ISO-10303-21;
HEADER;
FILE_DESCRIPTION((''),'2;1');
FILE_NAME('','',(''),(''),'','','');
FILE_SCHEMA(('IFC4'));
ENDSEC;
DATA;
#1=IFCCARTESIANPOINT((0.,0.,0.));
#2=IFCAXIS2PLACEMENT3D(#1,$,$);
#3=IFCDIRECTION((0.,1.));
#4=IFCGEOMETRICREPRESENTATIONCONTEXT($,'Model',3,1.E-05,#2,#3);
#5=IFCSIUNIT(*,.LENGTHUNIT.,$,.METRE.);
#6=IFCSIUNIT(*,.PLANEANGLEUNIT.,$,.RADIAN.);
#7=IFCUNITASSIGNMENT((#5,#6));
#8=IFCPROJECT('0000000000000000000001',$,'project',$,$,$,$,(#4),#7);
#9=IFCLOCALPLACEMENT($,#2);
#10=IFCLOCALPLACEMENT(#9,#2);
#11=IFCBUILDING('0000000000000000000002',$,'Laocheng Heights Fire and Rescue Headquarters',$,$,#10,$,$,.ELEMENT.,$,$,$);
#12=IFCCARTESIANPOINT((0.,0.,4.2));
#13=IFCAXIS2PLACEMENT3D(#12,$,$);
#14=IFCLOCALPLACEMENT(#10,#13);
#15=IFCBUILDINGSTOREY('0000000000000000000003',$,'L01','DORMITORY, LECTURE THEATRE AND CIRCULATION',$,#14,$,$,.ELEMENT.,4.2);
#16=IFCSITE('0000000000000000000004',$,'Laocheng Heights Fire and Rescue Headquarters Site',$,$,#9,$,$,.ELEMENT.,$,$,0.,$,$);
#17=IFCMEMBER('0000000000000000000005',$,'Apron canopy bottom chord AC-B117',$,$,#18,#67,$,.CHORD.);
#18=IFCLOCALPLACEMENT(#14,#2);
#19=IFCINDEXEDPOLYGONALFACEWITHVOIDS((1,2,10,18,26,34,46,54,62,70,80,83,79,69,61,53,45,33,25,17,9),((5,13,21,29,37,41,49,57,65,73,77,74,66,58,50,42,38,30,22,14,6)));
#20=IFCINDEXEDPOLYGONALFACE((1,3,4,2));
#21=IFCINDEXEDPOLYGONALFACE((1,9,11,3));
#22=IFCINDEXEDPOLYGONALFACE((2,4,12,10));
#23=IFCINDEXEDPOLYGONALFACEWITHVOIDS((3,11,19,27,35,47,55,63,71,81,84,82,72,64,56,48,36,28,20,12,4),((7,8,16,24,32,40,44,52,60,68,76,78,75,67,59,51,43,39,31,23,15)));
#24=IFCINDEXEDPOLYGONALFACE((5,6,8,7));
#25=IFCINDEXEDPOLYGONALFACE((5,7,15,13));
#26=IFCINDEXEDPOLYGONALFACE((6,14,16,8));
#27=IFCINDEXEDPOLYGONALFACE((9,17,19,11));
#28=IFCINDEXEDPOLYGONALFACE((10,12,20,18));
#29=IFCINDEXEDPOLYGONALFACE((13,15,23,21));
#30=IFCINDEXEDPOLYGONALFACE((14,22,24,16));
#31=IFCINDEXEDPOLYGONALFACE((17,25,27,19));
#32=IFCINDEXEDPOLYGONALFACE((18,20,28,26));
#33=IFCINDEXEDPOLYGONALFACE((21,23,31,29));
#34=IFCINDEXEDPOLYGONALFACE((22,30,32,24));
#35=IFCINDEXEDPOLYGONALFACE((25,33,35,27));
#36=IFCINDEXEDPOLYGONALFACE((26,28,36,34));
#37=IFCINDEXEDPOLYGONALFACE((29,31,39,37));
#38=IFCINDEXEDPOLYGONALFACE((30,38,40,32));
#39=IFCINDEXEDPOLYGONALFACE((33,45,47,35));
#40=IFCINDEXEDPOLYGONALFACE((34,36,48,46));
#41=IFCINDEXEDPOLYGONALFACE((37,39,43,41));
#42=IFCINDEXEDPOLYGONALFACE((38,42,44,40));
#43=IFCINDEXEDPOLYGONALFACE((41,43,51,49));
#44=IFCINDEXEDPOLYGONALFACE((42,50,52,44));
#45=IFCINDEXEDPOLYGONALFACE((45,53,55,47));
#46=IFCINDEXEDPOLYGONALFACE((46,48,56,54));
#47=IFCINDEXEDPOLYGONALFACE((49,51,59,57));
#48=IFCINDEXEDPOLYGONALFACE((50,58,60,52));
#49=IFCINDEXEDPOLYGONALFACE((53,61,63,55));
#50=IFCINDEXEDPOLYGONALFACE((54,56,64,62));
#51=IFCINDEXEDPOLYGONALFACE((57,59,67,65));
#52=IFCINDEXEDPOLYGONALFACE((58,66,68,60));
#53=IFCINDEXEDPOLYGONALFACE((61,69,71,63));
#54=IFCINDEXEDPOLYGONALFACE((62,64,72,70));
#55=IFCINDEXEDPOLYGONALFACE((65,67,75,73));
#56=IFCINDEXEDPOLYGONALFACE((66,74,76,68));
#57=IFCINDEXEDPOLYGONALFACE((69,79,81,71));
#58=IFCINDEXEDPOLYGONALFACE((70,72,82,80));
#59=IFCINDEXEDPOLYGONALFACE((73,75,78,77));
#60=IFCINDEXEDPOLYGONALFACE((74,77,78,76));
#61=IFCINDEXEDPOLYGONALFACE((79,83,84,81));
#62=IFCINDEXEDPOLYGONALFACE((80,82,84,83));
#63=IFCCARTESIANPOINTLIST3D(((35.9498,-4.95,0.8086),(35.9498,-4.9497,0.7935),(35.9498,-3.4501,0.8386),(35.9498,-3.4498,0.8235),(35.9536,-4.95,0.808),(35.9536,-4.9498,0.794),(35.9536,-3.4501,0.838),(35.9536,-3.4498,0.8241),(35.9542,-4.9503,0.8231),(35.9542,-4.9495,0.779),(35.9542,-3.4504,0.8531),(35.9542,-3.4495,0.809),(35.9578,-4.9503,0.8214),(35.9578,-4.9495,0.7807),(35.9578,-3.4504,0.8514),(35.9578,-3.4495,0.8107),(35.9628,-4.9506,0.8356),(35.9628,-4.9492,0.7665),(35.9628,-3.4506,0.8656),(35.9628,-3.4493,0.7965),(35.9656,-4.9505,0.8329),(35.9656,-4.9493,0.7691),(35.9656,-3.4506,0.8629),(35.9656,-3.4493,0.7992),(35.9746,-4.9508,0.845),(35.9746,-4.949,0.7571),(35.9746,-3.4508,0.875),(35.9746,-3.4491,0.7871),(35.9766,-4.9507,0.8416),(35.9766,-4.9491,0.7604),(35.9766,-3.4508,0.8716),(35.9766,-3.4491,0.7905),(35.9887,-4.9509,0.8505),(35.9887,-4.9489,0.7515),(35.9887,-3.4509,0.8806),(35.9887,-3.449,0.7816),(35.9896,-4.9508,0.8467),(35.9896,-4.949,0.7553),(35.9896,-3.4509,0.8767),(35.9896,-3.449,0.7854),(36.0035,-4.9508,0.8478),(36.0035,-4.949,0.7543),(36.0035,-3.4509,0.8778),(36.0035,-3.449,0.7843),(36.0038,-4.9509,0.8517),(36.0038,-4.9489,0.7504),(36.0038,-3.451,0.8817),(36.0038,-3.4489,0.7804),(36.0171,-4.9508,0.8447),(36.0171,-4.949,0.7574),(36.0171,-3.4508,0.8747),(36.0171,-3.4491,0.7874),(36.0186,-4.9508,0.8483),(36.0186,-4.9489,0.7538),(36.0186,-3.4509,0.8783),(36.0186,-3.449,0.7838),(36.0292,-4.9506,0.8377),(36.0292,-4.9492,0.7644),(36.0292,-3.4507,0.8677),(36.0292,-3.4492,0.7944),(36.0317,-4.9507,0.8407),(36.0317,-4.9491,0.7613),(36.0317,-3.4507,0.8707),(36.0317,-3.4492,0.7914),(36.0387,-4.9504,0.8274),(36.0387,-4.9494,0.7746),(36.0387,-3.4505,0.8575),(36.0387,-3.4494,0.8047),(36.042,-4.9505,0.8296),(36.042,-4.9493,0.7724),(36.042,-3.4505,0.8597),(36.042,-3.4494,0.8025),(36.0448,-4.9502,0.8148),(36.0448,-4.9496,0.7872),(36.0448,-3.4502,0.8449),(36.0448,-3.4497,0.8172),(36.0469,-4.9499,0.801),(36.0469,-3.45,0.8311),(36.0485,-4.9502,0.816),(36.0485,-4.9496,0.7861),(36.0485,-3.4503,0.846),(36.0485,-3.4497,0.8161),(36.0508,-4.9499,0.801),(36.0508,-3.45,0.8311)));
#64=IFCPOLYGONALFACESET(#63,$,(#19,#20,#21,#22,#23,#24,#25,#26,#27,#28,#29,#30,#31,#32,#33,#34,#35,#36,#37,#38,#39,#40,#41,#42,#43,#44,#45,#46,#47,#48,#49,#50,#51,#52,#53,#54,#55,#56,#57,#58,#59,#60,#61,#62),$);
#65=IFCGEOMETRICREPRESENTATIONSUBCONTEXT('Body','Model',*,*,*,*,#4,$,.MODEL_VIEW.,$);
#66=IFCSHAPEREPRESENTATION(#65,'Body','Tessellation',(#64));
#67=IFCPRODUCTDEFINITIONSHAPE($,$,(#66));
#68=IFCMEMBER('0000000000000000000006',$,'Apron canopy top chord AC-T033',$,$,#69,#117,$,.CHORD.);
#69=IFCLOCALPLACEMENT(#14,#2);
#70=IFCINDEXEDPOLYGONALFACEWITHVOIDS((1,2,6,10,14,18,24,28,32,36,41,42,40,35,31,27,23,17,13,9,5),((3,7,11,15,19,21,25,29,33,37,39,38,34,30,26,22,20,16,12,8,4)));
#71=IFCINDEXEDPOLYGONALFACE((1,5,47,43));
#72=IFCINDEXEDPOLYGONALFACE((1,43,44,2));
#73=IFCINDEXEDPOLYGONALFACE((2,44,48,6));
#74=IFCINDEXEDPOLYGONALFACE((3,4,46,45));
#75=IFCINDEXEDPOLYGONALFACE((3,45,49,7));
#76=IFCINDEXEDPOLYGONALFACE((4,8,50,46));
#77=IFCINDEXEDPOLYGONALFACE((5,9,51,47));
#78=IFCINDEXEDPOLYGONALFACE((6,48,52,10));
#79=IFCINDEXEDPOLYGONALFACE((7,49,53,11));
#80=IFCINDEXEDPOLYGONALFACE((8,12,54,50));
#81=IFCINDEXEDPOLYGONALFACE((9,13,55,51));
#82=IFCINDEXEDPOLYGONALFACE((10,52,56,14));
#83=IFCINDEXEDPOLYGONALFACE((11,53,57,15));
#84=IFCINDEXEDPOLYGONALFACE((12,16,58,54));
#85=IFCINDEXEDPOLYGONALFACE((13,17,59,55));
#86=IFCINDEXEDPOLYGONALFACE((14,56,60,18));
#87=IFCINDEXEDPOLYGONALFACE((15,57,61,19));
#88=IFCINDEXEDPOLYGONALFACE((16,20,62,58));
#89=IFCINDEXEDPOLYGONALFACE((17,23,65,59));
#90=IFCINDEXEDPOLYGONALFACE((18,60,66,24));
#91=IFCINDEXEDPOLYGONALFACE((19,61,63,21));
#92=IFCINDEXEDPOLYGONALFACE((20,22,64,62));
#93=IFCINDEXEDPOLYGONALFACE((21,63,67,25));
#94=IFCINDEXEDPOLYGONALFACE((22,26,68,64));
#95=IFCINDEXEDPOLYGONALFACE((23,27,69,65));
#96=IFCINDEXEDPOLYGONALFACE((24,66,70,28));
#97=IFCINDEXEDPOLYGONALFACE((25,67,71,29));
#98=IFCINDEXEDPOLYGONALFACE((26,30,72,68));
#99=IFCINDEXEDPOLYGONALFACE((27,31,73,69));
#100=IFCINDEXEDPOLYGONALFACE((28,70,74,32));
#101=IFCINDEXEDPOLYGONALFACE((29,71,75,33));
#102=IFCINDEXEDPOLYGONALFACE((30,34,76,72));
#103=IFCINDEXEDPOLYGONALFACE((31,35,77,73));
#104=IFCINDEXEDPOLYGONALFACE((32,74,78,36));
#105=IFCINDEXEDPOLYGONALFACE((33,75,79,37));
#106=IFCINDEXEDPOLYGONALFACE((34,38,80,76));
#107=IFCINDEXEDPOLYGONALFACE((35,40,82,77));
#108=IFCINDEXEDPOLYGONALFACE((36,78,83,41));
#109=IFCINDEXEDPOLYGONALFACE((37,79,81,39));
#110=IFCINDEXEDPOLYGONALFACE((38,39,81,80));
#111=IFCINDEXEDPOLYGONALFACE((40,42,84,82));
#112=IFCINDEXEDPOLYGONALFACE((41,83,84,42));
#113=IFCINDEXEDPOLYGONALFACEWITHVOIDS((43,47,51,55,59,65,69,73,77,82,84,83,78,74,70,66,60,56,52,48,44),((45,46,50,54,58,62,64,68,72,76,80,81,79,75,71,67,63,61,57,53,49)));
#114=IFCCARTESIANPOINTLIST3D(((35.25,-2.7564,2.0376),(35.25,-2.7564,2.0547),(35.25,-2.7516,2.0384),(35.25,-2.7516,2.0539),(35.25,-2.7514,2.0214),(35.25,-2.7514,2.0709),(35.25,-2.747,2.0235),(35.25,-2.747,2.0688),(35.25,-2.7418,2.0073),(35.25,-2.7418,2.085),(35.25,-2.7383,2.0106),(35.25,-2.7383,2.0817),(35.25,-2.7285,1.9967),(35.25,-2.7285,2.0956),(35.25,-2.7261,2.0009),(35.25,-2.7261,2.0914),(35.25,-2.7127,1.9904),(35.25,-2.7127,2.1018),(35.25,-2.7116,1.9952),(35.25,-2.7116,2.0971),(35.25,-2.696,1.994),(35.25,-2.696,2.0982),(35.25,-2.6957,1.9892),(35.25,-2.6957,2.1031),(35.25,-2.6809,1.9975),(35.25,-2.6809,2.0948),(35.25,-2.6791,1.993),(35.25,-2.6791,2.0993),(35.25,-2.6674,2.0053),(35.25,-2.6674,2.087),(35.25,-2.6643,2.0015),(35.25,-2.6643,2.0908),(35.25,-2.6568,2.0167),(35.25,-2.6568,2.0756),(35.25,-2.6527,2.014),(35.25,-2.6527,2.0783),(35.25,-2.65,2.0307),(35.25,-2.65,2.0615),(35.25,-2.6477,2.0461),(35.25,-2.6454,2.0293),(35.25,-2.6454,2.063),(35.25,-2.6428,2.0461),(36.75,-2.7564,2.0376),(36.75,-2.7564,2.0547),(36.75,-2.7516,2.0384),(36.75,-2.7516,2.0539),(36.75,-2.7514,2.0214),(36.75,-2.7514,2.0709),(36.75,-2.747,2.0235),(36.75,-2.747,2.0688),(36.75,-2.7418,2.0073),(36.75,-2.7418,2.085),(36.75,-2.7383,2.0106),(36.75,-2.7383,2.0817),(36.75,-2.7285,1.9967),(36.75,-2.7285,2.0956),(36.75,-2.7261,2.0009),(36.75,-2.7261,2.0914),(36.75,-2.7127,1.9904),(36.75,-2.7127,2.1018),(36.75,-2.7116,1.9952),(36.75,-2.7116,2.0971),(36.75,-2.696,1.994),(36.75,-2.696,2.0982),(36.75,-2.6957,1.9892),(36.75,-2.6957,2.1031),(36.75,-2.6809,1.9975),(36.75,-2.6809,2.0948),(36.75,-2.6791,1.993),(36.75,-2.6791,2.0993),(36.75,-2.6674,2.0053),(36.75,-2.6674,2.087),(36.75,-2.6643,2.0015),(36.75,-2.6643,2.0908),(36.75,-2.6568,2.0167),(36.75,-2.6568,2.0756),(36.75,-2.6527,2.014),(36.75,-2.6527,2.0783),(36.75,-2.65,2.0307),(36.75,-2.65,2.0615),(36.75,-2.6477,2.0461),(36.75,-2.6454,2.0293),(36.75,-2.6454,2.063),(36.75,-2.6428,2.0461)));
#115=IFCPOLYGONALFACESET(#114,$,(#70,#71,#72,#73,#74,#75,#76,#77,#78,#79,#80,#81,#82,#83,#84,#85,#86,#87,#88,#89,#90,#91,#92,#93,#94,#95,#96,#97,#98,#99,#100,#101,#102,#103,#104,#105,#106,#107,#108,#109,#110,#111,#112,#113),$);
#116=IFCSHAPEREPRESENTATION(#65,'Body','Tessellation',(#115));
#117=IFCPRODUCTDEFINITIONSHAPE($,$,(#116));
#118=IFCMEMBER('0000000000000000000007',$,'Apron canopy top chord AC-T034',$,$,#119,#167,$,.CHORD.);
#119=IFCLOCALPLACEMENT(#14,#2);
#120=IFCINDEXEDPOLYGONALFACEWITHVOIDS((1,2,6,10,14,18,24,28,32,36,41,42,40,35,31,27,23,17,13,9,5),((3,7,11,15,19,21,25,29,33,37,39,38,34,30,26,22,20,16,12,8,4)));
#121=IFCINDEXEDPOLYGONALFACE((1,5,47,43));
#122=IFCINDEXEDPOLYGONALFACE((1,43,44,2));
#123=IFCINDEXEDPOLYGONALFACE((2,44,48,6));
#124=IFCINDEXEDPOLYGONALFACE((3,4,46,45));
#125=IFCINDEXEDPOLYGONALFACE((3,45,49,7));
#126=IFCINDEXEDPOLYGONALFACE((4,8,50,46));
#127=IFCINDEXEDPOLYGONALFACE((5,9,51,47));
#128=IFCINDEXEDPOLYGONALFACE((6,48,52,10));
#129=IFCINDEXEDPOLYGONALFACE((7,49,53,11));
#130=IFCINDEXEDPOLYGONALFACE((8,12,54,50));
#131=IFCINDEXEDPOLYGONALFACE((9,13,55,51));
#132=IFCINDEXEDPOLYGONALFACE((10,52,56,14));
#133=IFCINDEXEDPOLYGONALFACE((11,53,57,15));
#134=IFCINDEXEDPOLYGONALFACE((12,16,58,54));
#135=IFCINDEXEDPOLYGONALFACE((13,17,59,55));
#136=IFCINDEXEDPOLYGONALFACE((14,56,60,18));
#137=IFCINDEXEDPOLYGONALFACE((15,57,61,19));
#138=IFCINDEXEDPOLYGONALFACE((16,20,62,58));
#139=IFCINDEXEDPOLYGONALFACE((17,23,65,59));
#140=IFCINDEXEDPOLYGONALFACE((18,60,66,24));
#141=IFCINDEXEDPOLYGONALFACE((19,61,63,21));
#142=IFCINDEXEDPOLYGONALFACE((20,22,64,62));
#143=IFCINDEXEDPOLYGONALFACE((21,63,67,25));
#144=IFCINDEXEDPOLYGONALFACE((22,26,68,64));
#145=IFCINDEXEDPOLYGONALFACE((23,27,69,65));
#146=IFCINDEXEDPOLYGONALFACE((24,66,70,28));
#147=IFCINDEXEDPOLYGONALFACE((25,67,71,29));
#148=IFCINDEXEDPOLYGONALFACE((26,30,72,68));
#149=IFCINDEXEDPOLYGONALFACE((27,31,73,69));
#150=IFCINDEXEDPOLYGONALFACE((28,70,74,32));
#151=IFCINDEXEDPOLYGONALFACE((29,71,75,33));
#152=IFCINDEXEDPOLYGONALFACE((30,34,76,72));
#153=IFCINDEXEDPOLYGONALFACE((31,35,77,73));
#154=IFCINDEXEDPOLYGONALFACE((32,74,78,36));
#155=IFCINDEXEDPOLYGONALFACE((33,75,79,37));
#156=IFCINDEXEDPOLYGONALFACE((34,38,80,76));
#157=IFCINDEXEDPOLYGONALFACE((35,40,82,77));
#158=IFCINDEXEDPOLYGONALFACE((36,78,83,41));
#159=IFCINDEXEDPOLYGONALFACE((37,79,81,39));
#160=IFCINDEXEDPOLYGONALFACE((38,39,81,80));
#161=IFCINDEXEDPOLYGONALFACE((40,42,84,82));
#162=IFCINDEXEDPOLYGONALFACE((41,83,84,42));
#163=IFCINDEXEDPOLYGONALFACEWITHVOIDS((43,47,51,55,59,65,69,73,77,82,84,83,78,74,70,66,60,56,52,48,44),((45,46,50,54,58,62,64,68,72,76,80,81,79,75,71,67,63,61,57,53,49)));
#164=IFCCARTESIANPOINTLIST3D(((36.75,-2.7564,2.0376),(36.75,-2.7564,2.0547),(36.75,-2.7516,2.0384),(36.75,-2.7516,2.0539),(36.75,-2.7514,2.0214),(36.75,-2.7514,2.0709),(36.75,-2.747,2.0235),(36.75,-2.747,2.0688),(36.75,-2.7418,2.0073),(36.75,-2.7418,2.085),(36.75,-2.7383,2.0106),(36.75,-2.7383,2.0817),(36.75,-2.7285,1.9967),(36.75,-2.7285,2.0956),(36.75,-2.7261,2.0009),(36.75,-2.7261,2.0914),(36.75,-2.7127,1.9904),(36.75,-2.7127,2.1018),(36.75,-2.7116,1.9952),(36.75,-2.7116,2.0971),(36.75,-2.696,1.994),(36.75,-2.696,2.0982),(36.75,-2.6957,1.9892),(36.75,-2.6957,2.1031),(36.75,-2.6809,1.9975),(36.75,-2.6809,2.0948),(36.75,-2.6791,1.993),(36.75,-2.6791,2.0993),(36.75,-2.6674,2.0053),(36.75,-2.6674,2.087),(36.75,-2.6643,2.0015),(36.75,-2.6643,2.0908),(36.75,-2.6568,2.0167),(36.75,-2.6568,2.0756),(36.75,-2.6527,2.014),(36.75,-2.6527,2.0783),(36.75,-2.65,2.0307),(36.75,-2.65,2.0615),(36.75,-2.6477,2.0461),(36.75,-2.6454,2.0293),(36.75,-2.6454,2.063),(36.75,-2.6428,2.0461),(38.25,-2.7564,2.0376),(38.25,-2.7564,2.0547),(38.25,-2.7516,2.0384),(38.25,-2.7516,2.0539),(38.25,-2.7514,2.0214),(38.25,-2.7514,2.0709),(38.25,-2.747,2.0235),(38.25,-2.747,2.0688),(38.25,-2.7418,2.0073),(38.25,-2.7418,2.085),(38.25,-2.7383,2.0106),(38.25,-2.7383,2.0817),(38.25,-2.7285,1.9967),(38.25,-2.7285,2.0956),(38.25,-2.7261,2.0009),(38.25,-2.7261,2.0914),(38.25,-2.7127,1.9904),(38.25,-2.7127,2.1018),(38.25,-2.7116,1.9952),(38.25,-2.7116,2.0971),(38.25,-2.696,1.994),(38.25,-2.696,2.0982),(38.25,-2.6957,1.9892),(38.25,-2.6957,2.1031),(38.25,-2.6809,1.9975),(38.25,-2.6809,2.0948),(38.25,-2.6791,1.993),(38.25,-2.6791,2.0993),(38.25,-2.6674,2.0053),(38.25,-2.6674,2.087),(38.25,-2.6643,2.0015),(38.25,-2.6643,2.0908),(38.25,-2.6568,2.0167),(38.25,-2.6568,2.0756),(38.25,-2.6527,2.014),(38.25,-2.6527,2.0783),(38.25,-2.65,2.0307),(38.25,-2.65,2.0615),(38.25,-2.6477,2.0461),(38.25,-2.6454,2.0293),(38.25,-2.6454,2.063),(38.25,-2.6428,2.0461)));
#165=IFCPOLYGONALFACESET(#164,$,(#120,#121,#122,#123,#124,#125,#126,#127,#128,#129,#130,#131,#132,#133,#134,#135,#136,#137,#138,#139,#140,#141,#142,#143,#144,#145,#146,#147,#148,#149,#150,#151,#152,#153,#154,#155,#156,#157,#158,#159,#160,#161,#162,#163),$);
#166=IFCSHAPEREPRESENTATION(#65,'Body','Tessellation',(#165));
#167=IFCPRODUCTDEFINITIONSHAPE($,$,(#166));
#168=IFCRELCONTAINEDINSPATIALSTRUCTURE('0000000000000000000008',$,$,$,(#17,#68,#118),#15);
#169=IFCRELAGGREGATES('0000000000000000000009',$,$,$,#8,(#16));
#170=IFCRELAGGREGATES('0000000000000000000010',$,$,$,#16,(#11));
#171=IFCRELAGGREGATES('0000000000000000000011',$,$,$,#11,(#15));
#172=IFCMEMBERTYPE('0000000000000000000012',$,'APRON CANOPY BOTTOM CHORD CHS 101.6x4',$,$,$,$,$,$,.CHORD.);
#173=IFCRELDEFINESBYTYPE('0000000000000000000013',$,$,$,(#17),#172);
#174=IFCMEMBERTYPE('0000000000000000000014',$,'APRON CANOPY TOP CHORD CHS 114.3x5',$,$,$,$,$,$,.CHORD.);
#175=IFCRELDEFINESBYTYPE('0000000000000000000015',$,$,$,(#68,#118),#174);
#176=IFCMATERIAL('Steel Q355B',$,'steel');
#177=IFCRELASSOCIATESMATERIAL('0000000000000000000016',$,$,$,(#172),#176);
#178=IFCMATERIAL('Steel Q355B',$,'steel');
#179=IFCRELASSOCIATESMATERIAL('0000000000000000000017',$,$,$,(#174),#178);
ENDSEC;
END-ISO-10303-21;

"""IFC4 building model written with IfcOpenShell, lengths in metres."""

from ifc_helpers import new_model, si_unit, direction, frame, origin, origin_2d, place, context, subcontext, project, spatial, hollow_circle, extrude, material, material_profile, profile_set, type_object, element, save


model = new_model("IFC4")

# Units and contexts
model_context = context("Model", 3, precision=1e-05, world=origin(), true_north=direction((0.0, 1.0)))
body_context = subcontext(model_context, "Body", "Model", "MODEL_VIEW")
ifc_project = project(units=[si_unit("LENGTHUNIT", "METRE"), si_unit("PLANEANGLEUNIT", "RADIAN")], contexts=[model_context])

# Site, building, storey
site_placement = place(None, origin())
site = spatial("IfcSite", under=ifc_project, at=site_placement, Name="Laocheng Heights Fire and Rescue Headquarters Site", CompositionType="ELEMENT", RefElevation=0.0)
building_placement = place(site_placement, origin())
building = spatial("IfcBuilding", under=site, at=building_placement, Name="Laocheng Heights Fire and Rescue Headquarters", CompositionType="ELEMENT")
storey_placement = place(building_placement, frame((0.0, 0.0, 4.2)))
storey = spatial("IfcBuildingStorey", under=building, at=storey_placement, Name="L01", Description="DORMITORY, LECTURE THEATRE AND CIRCULATION", CompositionType="ELEMENT", Elevation=4.2)

# Members
ifc_material_1 = material(Name="Steel Q355B", Category="steel")
ifc_material_profile_1 = material_profile(ifc_material_1, hollow_circle(Radius=0.0508, WallThickness=0.0039, at=origin_2d()), Name="CHS 101.6x4")
ifc_profile_set_1 = profile_set([ifc_material_profile_1], Name="Steel Q355B")
member_type_1 = type_object("IfcMemberType", Name="APRON CANOPY BOTTOM CHORD CHS 101.6x4", PredefinedType="CHORD", material=ifc_profile_set_1)
for number, where, z_axis, x_axis, name in (
    (1, (36.0, -3.45, 0.8311), (0.0, -0.9998, -0.020016), (1.0, 0.0, 0.0), "Apron canopy bottom chord AC-B117"),
):
    element("IfcMember", number, at=place(storey_placement, frame(where, z_axis=z_axis, x_axis=x_axis)), inside=storey, type_object=member_type_1, Name=name, PredefinedType="CHORD", context=body_context, shape_type="SweptSolid", body=[
        extrude(hollow_circle(Radius=0.0508, WallThickness=0.0039, at=origin_2d()), origin(), (0.0, 0.0, 1.0), 1.5002),
    ])
ifc_material_2 = material(Name="Steel Q355B", Category="steel")
ifc_material_profile_2 = material_profile(ifc_material_2, hollow_circle(Radius=0.0571, WallThickness=0.0049, at=origin_2d()), Name="CHS 114.3x5")
ifc_profile_set_2 = profile_set([ifc_material_profile_2], Name="Steel Q355B")
member_type_2 = type_object("IfcMemberType", Name="APRON CANOPY TOP CHORD CHS 114.3x5", PredefinedType="CHORD", material=ifc_profile_set_2)
for number, where, z_axis, x_axis, name in (
    (2, (35.25, -2.7, 2.0461), (1.0, 0.0, 0.0), (0.0, 1.0, 0.0), "Apron canopy top chord AC-T033"),
    (3, (36.75, -2.7, 2.0461), (1.0, 0.0, 0.0), (0.0, 1.0, 0.0), "Apron canopy top chord AC-T034"),
):
    element("IfcMember", number, at=place(storey_placement, frame(where, z_axis=z_axis, x_axis=x_axis)), inside=storey, type_object=member_type_2, Name=name, PredefinedType="CHORD", context=body_context, shape_type="SweptSolid", body=[
        extrude(hollow_circle(Radius=0.0571, WallThickness=0.0049, at=origin_2d()), origin(), (0.0, 0.0, 1.0), 1.5),
    ])

save(model, "model.ifc")
